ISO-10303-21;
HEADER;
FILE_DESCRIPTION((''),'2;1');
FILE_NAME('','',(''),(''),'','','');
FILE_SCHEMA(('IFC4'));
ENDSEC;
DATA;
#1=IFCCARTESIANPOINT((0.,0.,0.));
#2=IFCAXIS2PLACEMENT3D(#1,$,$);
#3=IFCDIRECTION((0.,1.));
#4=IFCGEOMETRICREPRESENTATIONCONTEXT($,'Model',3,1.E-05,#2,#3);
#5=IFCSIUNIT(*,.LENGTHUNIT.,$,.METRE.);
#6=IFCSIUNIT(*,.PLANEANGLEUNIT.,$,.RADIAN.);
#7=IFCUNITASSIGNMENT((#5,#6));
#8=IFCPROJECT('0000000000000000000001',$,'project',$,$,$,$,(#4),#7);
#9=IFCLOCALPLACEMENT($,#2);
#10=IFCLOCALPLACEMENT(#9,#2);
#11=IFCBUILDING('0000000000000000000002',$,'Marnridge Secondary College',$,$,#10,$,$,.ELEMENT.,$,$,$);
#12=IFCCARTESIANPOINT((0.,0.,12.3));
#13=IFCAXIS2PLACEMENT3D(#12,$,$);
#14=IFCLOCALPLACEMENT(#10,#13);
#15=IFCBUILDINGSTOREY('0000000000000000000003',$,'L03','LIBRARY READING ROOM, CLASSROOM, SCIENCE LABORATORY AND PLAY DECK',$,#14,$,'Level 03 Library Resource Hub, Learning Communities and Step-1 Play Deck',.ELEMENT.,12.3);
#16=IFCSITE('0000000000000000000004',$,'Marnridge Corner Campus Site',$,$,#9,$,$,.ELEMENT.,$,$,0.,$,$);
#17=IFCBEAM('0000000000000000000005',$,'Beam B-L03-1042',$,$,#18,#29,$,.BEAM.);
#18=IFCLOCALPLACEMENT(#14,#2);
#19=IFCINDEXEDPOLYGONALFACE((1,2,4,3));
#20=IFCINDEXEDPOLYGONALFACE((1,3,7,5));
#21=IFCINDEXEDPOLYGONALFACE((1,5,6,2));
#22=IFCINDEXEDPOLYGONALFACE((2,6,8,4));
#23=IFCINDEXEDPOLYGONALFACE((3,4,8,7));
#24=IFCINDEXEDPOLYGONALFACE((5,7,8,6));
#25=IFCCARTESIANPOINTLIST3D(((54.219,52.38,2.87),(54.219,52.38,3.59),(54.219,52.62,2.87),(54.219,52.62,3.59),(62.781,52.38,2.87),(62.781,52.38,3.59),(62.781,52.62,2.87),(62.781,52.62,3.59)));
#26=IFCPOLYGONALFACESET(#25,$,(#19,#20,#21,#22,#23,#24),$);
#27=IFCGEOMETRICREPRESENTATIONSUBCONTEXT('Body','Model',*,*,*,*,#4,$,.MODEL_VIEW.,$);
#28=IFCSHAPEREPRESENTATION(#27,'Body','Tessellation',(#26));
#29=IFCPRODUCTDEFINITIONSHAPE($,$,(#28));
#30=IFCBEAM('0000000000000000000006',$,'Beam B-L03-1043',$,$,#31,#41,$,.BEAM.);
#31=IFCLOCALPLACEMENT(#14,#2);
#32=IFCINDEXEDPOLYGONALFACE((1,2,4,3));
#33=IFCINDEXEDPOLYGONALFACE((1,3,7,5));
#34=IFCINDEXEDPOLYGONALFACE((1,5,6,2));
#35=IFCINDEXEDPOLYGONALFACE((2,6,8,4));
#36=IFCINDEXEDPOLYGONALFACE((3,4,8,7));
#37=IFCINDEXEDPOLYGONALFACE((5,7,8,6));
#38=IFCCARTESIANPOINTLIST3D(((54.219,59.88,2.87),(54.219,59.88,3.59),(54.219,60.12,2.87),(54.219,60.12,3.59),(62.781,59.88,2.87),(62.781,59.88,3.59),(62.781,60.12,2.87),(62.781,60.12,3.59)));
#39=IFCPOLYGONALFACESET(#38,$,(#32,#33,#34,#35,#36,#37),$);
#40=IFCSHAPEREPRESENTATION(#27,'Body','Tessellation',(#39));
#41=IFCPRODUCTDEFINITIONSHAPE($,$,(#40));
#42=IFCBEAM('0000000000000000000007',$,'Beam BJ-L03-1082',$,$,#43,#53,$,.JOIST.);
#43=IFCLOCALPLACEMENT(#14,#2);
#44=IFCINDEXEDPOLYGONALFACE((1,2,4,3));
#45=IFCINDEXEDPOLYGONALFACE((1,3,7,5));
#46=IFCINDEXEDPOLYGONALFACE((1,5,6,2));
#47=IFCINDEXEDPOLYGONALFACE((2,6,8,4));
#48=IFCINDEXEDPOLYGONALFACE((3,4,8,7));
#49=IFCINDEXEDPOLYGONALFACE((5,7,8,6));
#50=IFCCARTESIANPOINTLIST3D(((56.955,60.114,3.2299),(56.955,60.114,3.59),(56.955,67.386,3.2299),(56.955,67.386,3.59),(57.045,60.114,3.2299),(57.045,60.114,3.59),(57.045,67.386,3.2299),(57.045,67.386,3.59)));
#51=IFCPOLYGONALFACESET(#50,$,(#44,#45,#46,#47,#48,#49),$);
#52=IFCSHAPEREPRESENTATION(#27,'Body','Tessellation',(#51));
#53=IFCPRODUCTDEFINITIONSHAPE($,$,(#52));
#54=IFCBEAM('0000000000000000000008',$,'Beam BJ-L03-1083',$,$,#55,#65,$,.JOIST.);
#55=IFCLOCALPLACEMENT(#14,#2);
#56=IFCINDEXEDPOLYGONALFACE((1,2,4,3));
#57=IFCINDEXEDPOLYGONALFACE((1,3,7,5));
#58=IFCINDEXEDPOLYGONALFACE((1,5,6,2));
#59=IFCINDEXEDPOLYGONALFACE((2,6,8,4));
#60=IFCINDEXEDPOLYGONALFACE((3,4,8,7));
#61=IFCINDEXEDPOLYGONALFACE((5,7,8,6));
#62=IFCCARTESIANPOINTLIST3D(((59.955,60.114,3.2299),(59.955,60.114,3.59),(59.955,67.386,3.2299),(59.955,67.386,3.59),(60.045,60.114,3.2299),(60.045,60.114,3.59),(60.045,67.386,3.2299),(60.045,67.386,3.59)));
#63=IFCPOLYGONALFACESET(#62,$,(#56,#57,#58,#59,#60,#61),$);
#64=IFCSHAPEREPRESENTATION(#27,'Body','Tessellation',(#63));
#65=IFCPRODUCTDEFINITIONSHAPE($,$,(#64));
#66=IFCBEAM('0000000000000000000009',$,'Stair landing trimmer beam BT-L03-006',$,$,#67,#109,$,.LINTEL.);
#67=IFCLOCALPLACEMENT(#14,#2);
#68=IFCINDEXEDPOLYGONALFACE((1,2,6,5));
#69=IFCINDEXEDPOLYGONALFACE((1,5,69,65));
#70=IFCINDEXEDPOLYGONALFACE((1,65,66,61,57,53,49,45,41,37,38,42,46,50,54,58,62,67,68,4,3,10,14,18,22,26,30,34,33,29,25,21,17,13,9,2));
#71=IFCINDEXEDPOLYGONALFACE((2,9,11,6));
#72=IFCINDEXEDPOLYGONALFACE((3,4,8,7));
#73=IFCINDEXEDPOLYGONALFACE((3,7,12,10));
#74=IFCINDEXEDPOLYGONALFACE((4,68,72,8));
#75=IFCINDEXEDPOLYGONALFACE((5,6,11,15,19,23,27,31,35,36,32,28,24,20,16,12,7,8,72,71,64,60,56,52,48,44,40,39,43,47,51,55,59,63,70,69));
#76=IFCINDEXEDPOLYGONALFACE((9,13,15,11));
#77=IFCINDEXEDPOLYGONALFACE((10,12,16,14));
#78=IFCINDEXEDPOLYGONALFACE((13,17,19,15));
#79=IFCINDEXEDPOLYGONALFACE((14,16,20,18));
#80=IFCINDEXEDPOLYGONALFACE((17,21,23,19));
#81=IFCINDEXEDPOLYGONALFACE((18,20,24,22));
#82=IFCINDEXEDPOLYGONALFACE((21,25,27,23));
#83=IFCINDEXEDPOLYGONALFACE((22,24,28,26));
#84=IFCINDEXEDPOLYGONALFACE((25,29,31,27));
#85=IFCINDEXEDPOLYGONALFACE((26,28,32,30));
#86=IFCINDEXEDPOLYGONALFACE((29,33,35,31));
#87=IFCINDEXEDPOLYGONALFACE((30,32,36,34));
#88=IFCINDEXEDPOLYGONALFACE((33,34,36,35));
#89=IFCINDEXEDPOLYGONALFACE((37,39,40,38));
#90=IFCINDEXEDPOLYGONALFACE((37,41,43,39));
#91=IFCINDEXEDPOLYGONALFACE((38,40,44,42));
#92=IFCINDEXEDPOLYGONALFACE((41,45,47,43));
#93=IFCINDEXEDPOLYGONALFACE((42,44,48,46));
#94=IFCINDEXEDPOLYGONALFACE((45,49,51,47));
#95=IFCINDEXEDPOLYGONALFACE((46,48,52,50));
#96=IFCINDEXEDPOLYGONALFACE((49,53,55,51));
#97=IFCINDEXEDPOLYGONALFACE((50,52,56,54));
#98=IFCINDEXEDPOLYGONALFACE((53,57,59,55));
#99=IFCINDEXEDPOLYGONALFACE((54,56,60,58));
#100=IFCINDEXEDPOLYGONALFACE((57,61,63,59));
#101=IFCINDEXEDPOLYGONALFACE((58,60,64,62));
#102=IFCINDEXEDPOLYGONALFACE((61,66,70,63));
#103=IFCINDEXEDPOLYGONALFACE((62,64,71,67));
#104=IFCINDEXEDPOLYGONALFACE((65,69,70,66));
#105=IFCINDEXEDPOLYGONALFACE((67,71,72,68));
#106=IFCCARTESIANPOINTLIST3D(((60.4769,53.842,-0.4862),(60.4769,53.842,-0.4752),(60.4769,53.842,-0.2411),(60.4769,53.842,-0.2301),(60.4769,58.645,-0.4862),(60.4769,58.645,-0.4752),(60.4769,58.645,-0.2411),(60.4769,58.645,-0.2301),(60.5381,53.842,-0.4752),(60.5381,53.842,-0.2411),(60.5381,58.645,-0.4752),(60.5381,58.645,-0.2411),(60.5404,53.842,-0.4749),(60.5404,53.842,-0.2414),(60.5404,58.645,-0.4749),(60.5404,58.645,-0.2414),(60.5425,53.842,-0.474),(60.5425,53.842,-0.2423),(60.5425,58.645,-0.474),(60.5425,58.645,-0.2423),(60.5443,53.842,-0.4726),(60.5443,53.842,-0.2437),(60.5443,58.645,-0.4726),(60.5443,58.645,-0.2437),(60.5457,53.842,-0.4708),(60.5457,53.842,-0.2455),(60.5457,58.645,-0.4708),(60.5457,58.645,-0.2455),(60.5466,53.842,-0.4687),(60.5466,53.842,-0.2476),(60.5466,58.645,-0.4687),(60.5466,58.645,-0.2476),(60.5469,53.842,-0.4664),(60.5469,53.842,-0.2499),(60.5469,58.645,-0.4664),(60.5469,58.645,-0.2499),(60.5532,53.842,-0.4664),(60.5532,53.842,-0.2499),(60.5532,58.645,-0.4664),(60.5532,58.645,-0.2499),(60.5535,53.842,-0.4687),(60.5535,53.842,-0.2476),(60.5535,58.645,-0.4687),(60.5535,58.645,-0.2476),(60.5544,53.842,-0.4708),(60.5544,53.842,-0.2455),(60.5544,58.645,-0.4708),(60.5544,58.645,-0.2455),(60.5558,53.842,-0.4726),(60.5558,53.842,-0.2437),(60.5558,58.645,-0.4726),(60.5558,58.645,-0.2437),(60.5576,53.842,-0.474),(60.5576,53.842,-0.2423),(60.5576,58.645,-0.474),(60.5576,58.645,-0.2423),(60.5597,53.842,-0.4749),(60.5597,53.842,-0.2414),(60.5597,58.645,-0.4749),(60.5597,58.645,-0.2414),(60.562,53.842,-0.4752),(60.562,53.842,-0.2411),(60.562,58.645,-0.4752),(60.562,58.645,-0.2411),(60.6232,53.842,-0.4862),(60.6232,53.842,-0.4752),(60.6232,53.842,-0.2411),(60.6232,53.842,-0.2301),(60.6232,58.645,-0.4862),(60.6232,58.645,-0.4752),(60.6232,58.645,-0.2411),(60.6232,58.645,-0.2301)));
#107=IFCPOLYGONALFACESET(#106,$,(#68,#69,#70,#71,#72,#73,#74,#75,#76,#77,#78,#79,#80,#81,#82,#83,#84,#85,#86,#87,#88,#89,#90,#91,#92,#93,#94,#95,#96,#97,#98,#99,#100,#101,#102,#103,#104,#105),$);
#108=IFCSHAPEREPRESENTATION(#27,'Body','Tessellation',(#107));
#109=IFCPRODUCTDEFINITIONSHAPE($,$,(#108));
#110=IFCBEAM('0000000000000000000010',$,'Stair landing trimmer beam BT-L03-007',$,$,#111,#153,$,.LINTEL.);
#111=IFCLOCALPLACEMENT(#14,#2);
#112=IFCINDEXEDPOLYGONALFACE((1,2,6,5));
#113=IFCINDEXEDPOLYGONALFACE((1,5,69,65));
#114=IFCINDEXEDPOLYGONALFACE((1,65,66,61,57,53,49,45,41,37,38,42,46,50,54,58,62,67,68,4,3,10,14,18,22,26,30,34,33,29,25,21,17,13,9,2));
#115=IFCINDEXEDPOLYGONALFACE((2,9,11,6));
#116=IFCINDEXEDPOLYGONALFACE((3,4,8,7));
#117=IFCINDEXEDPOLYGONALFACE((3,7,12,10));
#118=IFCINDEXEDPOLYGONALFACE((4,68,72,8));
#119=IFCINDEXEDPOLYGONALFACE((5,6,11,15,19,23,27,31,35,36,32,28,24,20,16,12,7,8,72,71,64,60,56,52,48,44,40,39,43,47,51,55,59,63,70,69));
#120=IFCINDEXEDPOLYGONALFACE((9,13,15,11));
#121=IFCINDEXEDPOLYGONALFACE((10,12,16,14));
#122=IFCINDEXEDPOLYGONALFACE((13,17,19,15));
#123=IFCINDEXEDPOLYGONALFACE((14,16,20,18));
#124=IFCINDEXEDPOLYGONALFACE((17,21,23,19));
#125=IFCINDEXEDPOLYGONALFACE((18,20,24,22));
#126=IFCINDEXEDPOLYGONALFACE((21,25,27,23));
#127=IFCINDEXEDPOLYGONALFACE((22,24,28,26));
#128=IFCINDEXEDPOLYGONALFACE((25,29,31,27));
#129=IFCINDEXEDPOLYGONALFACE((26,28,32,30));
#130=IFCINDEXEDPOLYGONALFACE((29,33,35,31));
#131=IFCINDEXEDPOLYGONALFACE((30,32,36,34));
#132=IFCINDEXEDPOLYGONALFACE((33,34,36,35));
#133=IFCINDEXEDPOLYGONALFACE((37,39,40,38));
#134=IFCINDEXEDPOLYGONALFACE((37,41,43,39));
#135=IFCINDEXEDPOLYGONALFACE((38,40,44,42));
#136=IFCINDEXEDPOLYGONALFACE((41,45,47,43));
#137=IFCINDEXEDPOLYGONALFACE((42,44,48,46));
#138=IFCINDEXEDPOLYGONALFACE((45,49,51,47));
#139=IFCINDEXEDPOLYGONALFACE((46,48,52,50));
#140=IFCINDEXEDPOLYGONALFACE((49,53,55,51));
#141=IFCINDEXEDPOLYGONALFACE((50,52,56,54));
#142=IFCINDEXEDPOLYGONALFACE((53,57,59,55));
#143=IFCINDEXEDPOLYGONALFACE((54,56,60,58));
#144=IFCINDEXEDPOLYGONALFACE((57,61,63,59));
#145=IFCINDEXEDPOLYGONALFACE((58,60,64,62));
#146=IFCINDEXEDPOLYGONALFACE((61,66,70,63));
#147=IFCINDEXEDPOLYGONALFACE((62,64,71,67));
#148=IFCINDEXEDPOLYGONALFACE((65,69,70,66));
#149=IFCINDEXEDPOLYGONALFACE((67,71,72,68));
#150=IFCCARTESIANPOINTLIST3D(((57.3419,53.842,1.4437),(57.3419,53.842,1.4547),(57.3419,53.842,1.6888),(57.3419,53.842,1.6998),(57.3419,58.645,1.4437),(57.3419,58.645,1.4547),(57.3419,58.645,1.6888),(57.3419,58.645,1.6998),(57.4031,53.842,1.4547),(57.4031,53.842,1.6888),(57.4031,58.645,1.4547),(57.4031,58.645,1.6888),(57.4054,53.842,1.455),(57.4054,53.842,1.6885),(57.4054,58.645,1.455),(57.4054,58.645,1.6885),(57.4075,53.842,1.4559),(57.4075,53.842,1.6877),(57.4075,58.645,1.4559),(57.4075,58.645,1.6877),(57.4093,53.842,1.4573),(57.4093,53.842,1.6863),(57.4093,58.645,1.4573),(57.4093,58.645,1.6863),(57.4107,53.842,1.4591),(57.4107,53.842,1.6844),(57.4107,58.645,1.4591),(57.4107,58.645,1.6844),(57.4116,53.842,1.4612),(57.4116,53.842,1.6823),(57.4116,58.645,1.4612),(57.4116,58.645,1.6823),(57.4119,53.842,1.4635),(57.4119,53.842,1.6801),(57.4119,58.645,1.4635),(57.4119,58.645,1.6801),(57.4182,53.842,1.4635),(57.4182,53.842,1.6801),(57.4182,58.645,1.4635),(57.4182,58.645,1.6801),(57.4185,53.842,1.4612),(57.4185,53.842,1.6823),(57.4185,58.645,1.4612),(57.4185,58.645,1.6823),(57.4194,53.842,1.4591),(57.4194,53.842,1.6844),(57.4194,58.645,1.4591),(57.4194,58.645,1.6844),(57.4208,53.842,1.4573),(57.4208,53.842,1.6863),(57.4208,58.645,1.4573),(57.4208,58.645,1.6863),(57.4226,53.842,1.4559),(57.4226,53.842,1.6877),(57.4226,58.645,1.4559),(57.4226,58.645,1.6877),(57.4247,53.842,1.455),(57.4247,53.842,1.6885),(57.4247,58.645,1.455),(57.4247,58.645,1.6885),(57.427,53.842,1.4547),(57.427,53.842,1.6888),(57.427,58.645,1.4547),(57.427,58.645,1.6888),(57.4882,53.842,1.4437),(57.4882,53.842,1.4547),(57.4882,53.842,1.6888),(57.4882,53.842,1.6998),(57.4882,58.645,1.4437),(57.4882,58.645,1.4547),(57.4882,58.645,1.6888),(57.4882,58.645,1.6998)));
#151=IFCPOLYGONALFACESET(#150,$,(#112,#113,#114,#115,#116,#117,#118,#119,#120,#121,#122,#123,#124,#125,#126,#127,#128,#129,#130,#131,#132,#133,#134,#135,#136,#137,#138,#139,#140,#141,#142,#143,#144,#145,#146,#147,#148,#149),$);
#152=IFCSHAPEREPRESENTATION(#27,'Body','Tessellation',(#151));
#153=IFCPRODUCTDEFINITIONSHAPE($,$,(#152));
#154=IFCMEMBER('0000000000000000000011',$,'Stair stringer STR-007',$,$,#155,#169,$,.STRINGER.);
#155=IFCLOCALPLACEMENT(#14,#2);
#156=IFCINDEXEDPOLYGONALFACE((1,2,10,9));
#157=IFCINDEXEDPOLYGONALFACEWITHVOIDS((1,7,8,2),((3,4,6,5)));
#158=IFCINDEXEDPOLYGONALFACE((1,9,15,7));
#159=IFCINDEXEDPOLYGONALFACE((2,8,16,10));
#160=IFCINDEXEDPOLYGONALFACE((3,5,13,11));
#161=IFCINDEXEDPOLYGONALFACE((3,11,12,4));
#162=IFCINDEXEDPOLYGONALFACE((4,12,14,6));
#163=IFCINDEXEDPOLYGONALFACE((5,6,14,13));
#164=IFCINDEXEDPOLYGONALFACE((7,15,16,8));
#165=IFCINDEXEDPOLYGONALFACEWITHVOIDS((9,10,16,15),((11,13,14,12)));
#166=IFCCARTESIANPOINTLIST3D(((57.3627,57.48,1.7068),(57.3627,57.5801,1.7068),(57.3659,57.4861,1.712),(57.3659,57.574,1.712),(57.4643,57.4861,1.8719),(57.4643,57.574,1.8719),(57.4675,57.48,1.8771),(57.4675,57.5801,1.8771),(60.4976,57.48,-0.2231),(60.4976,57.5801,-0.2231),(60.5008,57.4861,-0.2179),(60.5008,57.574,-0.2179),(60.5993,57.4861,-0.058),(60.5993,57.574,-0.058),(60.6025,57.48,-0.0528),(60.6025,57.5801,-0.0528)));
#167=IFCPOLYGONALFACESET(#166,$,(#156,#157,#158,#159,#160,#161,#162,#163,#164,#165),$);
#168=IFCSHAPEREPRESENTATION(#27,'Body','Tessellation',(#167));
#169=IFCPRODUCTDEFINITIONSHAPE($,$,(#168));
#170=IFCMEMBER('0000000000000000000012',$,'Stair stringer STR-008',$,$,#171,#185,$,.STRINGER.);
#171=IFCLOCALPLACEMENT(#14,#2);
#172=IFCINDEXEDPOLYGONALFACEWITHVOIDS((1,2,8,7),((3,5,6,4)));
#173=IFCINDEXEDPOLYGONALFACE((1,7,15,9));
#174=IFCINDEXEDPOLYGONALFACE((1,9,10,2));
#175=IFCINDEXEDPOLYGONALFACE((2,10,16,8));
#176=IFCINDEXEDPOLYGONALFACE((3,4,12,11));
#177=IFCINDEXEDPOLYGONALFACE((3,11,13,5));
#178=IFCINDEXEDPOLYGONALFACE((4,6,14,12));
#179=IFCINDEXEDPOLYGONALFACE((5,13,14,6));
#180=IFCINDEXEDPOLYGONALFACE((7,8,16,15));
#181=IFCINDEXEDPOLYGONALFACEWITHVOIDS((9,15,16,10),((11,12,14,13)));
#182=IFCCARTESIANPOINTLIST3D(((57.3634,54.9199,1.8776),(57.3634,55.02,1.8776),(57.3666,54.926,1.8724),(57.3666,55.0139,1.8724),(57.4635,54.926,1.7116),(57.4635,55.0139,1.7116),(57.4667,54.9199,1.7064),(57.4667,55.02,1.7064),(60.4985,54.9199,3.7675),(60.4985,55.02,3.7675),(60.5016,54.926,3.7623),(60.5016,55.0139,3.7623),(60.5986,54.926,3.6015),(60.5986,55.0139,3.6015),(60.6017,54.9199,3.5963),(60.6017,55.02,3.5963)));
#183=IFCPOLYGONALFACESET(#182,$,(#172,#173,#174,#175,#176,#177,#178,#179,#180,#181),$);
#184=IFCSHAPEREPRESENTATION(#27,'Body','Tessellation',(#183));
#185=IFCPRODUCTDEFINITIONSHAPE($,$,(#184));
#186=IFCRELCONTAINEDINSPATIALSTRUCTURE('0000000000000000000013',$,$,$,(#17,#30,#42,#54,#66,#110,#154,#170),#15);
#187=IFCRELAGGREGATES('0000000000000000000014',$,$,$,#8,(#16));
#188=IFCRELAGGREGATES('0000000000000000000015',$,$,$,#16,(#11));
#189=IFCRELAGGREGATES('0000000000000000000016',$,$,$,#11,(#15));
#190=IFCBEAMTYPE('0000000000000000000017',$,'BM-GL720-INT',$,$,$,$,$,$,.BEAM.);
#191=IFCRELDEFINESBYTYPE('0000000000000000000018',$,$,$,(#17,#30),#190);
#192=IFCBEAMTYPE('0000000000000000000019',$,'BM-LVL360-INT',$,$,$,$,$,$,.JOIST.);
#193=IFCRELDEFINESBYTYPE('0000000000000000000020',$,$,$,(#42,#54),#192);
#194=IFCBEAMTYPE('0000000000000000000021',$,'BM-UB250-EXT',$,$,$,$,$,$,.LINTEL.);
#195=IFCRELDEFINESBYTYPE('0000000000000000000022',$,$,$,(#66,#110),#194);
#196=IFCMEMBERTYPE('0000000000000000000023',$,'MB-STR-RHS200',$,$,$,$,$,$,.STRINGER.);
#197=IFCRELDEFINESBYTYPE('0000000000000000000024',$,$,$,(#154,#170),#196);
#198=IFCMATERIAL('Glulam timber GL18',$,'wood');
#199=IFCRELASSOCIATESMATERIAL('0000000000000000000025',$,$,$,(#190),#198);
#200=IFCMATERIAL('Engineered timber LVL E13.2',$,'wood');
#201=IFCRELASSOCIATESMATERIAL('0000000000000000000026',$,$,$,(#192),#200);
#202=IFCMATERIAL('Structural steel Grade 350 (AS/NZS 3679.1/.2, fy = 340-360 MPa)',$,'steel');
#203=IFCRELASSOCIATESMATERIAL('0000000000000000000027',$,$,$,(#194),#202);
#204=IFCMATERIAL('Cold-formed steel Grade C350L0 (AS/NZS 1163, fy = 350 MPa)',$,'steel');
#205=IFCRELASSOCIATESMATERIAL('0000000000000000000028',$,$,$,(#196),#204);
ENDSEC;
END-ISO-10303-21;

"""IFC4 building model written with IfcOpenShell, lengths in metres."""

from ifc_helpers import new_model, si_unit, direction, frame, origin, origin_2d, place, context, subcontext, project, spatial, rectangle, hollow_rectangle, i_section, extrude, material, material_profile, profile_set, type_object, element, save


model = new_model("IFC4")

# Units and contexts
model_context = context("Model", 3, precision=1e-05, world=origin(), true_north=direction((0.0, 1.0)))
body_context = subcontext(model_context, "Body", "Model", "MODEL_VIEW")
ifc_project = project(units=[si_unit("LENGTHUNIT", "METRE"), si_unit("PLANEANGLEUNIT", "RADIAN")], contexts=[model_context])

# Site, building, storey
site_placement = place(None, origin())
site = spatial("IfcSite", under=ifc_project, at=site_placement, Name="Marnridge Corner Campus Site", CompositionType="ELEMENT", RefElevation=0.0)
building_placement = place(site_placement, origin())
building = spatial("IfcBuilding", under=site, at=building_placement, Name="Marnridge Secondary College", CompositionType="ELEMENT")
storey_placement = place(building_placement, frame((0.0, 0.0, 12.3)))
storey = spatial("IfcBuildingStorey", under=building, at=storey_placement, Name="L03", Description="LIBRARY READING ROOM, CLASSROOM, SCIENCE LABORATORY AND PLAY DECK", LongName="Level 03 Library Resource Hub, Learning Communities and Step-1 Play Deck", CompositionType="ELEMENT", Elevation=12.3)

# Beams
ifc_material_1 = material(Name="Glulam timber GL18", Category="wood")
ifc_material_profile_1 = material_profile(ifc_material_1, rectangle(XDim=0.24, YDim=0.72, at=origin_2d()), Name="GL18 240x720")
ifc_profile_set_1 = profile_set([ifc_material_profile_1], Name="Glulam timber GL18")
beam_type_1 = type_object("IfcBeamType", Name="BM-GL720-INT", PredefinedType="BEAM", material=ifc_profile_set_1)
for number, where, z_axis, x_axis, name in (
    (1, (54.219, 52.5, 3.23), (1.0, 0.0, 0.0), (0.0, 1.0, 0.0), "Beam B-L03-1042"),
    (2, (54.219, 60.0, 3.23), (1.0, 0.0, 0.0), (0.0, 1.0, 0.0), "Beam B-L03-1043"),
):
    element("IfcBeam", number, at=place(storey_placement, frame(where, z_axis=z_axis, x_axis=x_axis)), inside=storey, type_object=beam_type_1, Name=name, PredefinedType="BEAM", context=body_context, shape_type="SweptSolid", body=[
        extrude(rectangle(XDim=0.24, YDim=0.72, at=origin_2d()), origin(), (0.0, 0.0, 1.0), 8.562),
    ])
ifc_material_2 = material(Name="Engineered timber LVL E13.2", Category="wood")
ifc_material_profile_2 = material_profile(ifc_material_2, rectangle(XDim=0.0901, YDim=0.3601, at=origin_2d()), Name="LVL 90x360")
ifc_profile_set_2 = profile_set([ifc_material_profile_2], Name="Engineered timber LVL E13.2")
beam_type_2 = type_object("IfcBeamType", Name="BM-LVL360-INT", PredefinedType="JOIST", material=ifc_profile_set_2)
for number, where, z_axis, x_axis, name in (
    (3, (57.0, 60.114, 3.4099), (0.0, 1.0, 0.0), (-1.0, 0.0, 0.0), "Beam BJ-L03-1082"),
    (4, (60.0, 60.114, 3.4099), (0.0, 1.0, 0.0), (-1.0, 0.0, 0.0), "Beam BJ-L03-1083"),
):
    element("IfcBeam", number, at=place(storey_placement, frame(where, z_axis=z_axis, x_axis=x_axis)), inside=storey, type_object=beam_type_2, Name=name, PredefinedType="JOIST", context=body_context, shape_type="SweptSolid", body=[
        extrude(rectangle(XDim=0.0901, YDim=0.3601, at=origin_2d()), origin(), (0.0, 0.0, 1.0), 7.272),
    ])
ifc_material_3 = material(Name="Structural steel Grade 350 (AS/NZS 3679.1/.2, fy = 340-360 MPa)", Category="steel")
ifc_material_profile_3 = material_profile(ifc_material_3, i_section(OverallWidth=0.1462, OverallDepth=0.2561, WebThickness=0.0063, FlangeThickness=0.011, FilletRadius=0.0088, at=origin_2d()), Name="250UB37.3")
ifc_profile_set_3 = profile_set([ifc_material_profile_3], Name="Structural steel Grade 350 (AS/NZS 3679.1/.2, fy = 340-360 MPa)")
beam_type_3 = type_object("IfcBeamType", Name="BM-UB250-EXT", PredefinedType="LINTEL", material=ifc_profile_set_3)
for number, where, z_axis, x_axis, name in (
    (5, (60.55, 53.842, -0.3582), (0.0, 1.0, 0.0), (-1.0, 0.0, 0.0), "Stair landing trimmer beam BT-L03-006"),
    (6, (57.415, 53.842, 1.5718), (0.0, 1.0, 0.0), (-1.0, 0.0, 0.0), "Stair landing trimmer beam BT-L03-007"),
):
    element("IfcBeam", number, at=place(storey_placement, frame(where, z_axis=z_axis, x_axis=x_axis)), inside=storey, type_object=beam_type_3, Name=name, PredefinedType="LINTEL", context=body_context, shape_type="SweptSolid", body=[
        extrude(i_section(OverallWidth=0.1462, OverallDepth=0.2561, WebThickness=0.0063, FlangeThickness=0.011, FilletRadius=0.0088, at=origin_2d()), origin(), (0.0, 0.0, 1.0), 4.803),
    ])

# Members
ifc_material_4 = material(Name="Cold-formed steel Grade C350L0 (AS/NZS 1163, fy = 350 MPa)", Category="steel")
ifc_material_profile_4 = material_profile(ifc_material_4, hollow_rectangle(XDim=0.1001, YDim=0.2, WallThickness=0.0061, at=origin_2d()), Name="200x100x6.0RHS")
ifc_profile_set_4 = profile_set([ifc_material_profile_4], Name="Cold-formed steel Grade C350L0 (AS/NZS 1163, fy = 350 MPa)")
member_type = type_object("IfcMemberType", Name="MB-STR-RHS200", PredefinedType="STRINGER", material=ifc_profile_set_4)
member_1_placement = place(storey_placement, frame((60.55, 57.53, -0.1379), z_axis=(-0.851574, 0.0, 0.524234), x_axis=(0.0, -1.0, 0.0)))
element("IfcMember", 7, at=member_1_placement, inside=storey, type_object=member_type, Name="Stair stringer STR-007", PredefinedType="STRINGER", context=body_context, shape_type="SweptSolid", body=[
    extrude(hollow_rectangle(XDim=0.1001, YDim=0.2, WallThickness=0.0061, at=origin_2d()), origin(), (0.0, 0.0, 1.0), 3.6814),
])
member_2_placement = place(storey_placement, frame((57.415, 54.97, 1.792), z_axis=(0.85642, 0.0, 0.51628), x_axis=(0.0, 1.0, 0.0)))
element("IfcMember", 8, at=member_2_placement, inside=storey, type_object=member_type, Name="Stair stringer STR-008", PredefinedType="STRINGER", context=body_context, shape_type="SweptSolid", body=[
    extrude(hollow_rectangle(XDim=0.1001, YDim=0.2, WallThickness=0.0061, at=origin_2d()), origin(), (0.0, 0.0, 1.0), 3.6606),
])

save(model, "model.ifc")
